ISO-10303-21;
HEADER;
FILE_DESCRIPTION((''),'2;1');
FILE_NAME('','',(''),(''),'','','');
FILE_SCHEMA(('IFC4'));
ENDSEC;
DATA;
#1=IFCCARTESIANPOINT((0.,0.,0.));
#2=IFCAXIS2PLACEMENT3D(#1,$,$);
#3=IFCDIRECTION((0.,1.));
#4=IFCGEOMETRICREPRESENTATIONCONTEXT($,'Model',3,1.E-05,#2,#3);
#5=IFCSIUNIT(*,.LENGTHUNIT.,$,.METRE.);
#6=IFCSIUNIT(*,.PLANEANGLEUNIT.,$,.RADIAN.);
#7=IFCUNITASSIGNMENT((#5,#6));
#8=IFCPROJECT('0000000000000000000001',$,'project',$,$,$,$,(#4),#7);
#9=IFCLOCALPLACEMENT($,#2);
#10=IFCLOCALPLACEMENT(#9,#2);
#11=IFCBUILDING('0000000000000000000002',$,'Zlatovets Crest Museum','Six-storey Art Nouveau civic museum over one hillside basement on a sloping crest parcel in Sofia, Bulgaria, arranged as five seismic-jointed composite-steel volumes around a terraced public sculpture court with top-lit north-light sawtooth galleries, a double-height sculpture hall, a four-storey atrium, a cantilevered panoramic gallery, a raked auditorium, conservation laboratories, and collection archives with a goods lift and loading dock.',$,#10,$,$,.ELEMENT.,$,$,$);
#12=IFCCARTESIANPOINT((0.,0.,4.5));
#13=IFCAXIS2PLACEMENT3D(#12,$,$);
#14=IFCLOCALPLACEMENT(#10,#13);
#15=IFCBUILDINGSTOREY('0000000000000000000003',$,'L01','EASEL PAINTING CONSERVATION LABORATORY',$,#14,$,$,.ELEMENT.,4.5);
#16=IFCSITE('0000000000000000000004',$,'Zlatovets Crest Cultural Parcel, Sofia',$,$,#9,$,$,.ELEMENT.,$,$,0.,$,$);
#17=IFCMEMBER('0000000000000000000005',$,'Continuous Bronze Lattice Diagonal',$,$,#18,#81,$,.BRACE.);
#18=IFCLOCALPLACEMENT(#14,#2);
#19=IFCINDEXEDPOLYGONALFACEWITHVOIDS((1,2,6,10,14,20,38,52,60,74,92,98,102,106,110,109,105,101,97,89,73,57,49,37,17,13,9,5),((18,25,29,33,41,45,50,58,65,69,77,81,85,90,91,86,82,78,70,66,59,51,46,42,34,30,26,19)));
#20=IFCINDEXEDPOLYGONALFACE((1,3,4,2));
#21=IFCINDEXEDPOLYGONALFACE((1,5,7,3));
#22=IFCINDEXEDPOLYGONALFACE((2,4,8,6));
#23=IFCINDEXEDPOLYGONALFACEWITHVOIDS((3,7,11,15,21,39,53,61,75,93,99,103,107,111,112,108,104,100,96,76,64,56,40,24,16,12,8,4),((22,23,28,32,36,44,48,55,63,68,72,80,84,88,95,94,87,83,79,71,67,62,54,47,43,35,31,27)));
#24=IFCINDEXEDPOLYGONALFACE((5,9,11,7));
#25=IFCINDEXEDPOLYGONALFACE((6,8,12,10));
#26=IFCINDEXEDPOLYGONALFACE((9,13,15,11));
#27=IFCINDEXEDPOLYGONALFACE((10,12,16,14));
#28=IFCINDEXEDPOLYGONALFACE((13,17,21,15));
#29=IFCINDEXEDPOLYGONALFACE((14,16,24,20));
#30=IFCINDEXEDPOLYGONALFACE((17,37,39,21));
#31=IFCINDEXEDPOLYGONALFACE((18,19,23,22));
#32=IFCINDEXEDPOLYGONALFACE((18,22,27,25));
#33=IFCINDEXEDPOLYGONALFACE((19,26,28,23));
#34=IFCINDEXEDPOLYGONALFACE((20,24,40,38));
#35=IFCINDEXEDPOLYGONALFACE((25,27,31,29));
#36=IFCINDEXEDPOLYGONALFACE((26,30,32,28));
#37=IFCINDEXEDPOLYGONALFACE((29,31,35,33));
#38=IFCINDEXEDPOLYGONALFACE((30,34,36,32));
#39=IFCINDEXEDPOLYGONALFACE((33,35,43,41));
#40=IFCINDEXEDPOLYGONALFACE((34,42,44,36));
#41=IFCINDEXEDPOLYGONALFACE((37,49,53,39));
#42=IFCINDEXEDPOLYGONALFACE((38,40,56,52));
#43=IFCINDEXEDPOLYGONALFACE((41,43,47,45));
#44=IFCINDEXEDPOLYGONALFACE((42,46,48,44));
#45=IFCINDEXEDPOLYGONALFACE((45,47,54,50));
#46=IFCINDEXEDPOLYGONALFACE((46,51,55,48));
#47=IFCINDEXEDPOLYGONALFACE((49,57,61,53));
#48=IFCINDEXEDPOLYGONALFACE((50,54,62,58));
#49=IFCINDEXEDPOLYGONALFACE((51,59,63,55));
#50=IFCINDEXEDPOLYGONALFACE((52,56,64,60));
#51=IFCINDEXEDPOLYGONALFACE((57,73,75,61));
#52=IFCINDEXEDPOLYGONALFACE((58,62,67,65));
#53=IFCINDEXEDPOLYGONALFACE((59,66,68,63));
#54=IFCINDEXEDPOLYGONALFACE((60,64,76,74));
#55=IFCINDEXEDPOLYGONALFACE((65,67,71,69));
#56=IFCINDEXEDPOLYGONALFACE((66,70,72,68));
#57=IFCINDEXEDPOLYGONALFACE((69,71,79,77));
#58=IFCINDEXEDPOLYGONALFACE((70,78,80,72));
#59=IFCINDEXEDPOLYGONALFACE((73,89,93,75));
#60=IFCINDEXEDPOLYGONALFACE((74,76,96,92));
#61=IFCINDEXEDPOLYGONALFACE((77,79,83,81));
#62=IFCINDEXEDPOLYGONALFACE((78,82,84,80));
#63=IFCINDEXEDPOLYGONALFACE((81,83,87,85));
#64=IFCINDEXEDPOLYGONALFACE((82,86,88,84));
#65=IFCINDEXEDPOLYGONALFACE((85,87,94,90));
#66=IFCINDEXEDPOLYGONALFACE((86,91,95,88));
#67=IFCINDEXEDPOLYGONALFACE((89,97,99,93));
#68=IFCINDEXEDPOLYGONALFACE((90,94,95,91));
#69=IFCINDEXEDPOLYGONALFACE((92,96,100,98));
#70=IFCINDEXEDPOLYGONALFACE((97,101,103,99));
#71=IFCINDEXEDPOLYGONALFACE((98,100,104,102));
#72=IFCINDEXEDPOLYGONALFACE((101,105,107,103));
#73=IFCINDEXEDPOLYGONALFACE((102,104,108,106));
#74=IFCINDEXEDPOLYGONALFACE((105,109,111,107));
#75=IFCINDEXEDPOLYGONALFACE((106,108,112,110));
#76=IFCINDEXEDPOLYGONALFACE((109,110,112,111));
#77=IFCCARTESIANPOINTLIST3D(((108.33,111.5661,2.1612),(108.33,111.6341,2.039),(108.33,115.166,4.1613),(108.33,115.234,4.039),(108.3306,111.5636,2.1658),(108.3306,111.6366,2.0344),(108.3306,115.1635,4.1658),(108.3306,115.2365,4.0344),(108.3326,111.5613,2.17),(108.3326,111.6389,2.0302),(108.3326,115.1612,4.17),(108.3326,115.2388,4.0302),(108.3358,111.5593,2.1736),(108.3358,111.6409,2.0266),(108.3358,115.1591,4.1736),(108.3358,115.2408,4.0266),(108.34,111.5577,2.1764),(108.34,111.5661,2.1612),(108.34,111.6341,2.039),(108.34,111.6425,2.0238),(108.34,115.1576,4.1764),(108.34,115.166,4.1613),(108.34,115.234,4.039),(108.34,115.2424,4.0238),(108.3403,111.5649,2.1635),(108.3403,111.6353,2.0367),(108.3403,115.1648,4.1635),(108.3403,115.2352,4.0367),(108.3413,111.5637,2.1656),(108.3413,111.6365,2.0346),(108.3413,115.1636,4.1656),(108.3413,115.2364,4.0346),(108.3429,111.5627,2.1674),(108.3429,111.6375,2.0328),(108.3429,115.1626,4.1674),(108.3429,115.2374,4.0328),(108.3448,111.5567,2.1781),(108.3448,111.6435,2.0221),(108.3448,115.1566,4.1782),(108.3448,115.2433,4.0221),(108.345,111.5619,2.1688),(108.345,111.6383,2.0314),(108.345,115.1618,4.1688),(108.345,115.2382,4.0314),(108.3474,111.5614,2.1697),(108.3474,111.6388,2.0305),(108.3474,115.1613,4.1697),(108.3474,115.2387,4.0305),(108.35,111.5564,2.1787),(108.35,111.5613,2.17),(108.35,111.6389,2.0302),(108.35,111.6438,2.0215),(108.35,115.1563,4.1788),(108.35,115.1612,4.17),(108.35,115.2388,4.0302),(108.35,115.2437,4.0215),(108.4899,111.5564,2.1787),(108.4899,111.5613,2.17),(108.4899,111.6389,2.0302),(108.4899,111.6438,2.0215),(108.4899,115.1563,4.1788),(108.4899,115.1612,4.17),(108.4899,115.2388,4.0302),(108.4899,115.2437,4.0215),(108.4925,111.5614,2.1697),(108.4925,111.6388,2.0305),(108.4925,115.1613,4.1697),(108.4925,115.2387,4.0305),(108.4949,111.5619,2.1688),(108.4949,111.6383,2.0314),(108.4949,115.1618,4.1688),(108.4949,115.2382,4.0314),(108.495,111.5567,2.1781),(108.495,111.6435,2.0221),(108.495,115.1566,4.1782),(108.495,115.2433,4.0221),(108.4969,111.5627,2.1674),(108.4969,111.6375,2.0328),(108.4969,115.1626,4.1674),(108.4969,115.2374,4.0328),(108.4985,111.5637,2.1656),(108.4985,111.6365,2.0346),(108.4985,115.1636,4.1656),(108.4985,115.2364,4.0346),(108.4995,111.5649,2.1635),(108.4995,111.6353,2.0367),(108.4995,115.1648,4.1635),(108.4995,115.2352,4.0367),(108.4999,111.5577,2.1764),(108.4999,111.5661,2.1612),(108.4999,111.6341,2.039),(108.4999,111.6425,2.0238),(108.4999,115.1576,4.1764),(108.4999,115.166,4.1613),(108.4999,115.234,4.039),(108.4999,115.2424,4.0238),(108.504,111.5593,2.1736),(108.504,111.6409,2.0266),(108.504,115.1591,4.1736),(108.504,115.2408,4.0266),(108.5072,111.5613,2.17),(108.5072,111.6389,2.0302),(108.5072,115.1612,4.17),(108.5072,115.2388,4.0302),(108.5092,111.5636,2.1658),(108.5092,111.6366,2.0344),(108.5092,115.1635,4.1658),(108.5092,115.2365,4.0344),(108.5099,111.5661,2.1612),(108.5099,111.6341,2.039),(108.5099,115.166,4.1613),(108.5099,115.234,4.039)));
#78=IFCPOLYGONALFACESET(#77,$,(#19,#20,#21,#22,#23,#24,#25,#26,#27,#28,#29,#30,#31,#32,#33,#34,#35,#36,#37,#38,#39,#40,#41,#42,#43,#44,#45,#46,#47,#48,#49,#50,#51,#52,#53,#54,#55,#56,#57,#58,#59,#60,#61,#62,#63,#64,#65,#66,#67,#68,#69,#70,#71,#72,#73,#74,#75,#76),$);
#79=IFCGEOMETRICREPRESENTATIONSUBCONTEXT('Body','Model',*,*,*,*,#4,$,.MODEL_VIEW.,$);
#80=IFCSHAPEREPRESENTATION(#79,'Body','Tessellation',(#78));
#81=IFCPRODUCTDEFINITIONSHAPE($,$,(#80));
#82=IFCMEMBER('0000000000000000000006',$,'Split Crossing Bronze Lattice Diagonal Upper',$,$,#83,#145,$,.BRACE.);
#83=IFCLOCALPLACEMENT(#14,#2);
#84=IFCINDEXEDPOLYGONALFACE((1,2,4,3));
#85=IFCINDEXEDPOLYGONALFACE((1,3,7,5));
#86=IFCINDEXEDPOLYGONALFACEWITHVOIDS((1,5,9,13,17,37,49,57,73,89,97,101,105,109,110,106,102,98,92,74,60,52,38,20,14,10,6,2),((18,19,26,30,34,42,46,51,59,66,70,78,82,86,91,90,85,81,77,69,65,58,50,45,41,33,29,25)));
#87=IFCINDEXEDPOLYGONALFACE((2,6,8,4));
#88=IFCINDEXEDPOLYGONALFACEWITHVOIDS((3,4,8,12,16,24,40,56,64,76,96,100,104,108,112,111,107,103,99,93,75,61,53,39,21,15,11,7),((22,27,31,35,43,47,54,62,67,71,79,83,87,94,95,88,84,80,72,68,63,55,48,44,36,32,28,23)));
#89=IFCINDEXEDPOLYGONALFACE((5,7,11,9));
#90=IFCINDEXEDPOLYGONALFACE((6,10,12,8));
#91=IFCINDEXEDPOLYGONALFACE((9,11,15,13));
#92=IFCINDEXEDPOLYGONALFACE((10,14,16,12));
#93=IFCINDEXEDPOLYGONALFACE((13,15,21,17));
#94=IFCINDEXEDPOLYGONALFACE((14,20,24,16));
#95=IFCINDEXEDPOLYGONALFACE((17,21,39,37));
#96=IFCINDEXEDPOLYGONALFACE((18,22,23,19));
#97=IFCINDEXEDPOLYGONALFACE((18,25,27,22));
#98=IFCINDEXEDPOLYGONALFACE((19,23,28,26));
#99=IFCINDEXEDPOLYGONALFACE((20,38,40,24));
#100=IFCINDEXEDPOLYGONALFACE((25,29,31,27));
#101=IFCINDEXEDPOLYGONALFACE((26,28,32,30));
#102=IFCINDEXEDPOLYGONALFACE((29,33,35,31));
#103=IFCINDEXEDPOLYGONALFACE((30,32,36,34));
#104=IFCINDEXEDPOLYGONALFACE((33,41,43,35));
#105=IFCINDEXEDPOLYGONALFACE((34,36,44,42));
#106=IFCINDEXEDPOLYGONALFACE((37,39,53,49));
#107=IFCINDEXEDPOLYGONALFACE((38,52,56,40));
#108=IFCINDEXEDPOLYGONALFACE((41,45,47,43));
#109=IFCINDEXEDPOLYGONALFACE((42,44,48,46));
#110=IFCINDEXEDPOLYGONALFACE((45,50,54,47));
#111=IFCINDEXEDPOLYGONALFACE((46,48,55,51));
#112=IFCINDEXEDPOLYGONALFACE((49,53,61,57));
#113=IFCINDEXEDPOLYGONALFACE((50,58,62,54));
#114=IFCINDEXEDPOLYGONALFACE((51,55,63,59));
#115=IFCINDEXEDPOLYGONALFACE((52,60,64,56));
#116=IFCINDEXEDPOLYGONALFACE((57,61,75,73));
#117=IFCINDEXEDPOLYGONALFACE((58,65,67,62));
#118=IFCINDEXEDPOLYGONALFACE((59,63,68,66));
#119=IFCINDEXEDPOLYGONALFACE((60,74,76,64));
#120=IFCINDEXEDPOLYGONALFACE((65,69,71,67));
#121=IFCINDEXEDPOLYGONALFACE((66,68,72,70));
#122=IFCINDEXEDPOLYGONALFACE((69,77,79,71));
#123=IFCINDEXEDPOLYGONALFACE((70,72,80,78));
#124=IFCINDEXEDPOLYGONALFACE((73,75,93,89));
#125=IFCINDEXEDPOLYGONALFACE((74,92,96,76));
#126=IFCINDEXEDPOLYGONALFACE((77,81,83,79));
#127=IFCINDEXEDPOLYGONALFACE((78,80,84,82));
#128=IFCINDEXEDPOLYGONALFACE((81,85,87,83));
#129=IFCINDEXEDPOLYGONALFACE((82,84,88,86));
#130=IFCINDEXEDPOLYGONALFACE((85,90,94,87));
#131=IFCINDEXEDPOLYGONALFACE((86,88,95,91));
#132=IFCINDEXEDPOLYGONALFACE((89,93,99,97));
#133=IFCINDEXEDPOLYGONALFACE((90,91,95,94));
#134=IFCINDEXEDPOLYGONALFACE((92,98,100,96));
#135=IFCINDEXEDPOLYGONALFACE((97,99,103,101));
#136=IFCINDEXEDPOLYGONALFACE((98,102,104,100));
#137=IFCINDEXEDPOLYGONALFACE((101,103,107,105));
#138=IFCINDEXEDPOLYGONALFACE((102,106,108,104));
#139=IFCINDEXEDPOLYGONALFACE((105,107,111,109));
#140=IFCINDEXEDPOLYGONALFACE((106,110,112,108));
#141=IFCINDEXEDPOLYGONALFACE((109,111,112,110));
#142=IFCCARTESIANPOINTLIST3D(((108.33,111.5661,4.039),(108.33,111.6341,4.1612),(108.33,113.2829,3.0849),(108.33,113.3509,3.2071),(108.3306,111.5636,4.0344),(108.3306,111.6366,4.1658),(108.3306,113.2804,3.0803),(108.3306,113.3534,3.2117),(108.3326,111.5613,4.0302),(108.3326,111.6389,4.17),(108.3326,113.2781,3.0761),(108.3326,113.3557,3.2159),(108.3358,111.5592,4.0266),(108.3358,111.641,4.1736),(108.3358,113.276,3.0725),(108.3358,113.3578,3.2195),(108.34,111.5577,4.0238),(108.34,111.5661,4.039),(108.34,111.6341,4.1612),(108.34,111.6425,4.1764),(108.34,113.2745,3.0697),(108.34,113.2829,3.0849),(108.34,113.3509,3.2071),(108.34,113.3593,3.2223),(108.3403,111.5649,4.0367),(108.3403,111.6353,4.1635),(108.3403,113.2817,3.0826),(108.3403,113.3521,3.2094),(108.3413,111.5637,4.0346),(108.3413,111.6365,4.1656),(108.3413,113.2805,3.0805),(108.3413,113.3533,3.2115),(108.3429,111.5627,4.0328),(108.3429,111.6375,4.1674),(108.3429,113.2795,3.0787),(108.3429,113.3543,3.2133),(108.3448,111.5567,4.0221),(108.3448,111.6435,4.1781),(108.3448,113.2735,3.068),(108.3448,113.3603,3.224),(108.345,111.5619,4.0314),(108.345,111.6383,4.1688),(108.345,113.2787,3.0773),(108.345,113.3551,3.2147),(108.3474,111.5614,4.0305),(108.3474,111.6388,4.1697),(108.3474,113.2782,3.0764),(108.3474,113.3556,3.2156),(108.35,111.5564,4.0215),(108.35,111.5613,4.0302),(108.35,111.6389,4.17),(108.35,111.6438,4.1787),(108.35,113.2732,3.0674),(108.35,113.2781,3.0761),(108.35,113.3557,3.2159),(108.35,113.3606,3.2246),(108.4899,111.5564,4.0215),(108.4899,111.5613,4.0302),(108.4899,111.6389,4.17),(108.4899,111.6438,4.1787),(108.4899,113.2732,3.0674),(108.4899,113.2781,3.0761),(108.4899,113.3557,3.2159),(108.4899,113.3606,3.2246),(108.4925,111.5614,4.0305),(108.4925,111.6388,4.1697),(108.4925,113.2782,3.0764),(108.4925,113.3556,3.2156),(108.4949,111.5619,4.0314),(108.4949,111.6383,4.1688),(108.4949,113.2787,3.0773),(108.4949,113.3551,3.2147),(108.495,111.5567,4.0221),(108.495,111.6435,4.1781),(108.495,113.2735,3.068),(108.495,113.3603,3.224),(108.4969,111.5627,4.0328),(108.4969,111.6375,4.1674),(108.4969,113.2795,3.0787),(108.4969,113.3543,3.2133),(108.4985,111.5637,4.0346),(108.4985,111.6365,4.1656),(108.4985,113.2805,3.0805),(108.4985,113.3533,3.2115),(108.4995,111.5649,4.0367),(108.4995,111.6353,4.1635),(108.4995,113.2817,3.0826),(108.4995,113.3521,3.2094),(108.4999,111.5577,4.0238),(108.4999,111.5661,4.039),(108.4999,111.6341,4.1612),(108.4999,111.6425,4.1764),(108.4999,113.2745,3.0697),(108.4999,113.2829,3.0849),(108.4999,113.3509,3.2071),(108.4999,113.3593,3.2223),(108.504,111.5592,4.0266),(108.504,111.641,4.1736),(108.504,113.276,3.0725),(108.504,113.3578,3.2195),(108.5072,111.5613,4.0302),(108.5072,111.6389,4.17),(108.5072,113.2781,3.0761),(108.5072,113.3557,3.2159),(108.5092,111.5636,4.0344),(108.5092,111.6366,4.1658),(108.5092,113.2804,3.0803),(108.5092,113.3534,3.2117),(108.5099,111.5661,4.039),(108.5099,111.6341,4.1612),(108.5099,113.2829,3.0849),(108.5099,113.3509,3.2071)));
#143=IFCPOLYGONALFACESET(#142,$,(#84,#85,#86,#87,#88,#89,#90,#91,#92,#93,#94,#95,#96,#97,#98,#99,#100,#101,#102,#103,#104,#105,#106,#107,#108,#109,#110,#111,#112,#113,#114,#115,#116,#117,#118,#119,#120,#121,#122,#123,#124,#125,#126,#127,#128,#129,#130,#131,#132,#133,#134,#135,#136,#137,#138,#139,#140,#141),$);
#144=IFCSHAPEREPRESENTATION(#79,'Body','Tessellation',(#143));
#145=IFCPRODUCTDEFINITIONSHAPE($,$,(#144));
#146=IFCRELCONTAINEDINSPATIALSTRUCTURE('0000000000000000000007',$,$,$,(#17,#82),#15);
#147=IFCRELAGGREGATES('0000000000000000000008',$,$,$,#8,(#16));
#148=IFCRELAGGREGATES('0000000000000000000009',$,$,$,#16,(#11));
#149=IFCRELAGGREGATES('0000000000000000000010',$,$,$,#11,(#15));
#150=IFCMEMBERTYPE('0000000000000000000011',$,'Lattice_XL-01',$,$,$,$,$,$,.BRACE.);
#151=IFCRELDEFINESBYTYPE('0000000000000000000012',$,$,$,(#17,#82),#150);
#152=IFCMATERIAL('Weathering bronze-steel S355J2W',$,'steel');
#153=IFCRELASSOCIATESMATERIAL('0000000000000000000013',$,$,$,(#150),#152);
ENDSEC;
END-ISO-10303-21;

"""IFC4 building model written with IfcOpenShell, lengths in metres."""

from ifc_helpers import new_model, si_unit, direction, frame, origin, origin_2d, place, context, subcontext, project, spatial, hollow_rectangle, extrude, material, material_profile, profile_set, type_object, element, save


model = new_model("IFC4")

# Units and contexts
model_context = context("Model", 3, precision=1e-05, world=origin(), true_north=direction((0.0, 1.0)))
body_context = subcontext(model_context, "Body", "Model", "MODEL_VIEW")
ifc_project = project(units=[si_unit("LENGTHUNIT", "METRE"), si_unit("PLANEANGLEUNIT", "RADIAN")], contexts=[model_context])

# Site, building, storey
site_placement = place(None, origin())
site = spatial("IfcSite", under=ifc_project, at=site_placement, Name="Zlatovets Crest Cultural Parcel, Sofia", CompositionType="ELEMENT", RefElevation=0.0)
building_placement = place(site_placement, origin())
building = spatial("IfcBuilding", under=site, at=building_placement, Name="Zlatovets Crest Museum", Description="Six-storey Art Nouveau civic museum over one hillside basement on a sloping crest parcel in Sofia, Bulgaria, arranged as five seismic-jointed composite-steel volumes around a terraced public sculpture court with top-lit north-light sawtooth galleries, a double-height sculpture hall, a four-storey atrium, a cantilevered panoramic gallery, a raked auditorium, conservation laboratories, and collection archives with a goods lift and loading dock.", CompositionType="ELEMENT")
storey_placement = place(building_placement, frame((0.0, 0.0, 4.5)))
storey = spatial("IfcBuildingStorey", under=building, at=storey_placement, Name="L01", Description="EASEL PAINTING CONSERVATION LABORATORY", CompositionType="ELEMENT", Elevation=4.5)

# Members
ifc_material_1 = material(Name="Weathering bronze-steel S355J2W", Category="steel")
ifc_material_profile_1 = material_profile(ifc_material_1, hollow_rectangle(XDim=0.1799, YDim=0.1799, WallThickness=0.01, InnerFilletRadius=0.01, OuterFilletRadius=0.02, at=origin_2d()), Name="SHS 180x180x10.0")
ifc_profile_set_1 = profile_set([ifc_material_profile_1], Name="Weathering bronze-steel S355J2W")
member_type_1 = type_object("IfcMemberType", Name="Lattice_XL-01", PredefinedType="BRACE", material=ifc_profile_set_1)
member_1_placement = place(storey_placement, frame((108.4199, 111.6001, 2.1001), z_axis=(0.0, 0.874149, 0.485658), x_axis=(-1.0, 0.0, 0.0)))
element("IfcMember", 1, at=member_1_placement, inside=storey, type_object=member_type_1, Name="Continuous Bronze Lattice Diagonal", PredefinedType="BRACE", context=body_context, shape_type="SweptSolid", body=[
    extrude(hollow_rectangle(XDim=0.1799, YDim=0.1799, WallThickness=0.01, InnerFilletRadius=0.01, OuterFilletRadius=0.02, at=origin_2d()), origin(), (0.0, 0.0, 1.0), 4.1182),
])
for number, where, z_axis, x_axis, name in (
    (2, (108.4199, 111.6001, 4.1001), (0.0, 0.874087, -0.48577), (-1.0, 0.0, 0.0), "Split Crossing Bronze Lattice Diagonal Upper"),
):
    element("IfcMember", number, at=place(storey_placement, frame(where, z_axis=z_axis, x_axis=x_axis)), inside=storey, type_object=member_type_1, Name=name, PredefinedType="BRACE", context=body_context, shape_type="SweptSolid", body=[
        extrude(hollow_rectangle(XDim=0.1799, YDim=0.1799, WallThickness=0.01, InnerFilletRadius=0.01, OuterFilletRadius=0.02, at=origin_2d()), origin(), (0.0, 0.0, 1.0), 1.9641),
    ])

save(model, "model.ifc")
